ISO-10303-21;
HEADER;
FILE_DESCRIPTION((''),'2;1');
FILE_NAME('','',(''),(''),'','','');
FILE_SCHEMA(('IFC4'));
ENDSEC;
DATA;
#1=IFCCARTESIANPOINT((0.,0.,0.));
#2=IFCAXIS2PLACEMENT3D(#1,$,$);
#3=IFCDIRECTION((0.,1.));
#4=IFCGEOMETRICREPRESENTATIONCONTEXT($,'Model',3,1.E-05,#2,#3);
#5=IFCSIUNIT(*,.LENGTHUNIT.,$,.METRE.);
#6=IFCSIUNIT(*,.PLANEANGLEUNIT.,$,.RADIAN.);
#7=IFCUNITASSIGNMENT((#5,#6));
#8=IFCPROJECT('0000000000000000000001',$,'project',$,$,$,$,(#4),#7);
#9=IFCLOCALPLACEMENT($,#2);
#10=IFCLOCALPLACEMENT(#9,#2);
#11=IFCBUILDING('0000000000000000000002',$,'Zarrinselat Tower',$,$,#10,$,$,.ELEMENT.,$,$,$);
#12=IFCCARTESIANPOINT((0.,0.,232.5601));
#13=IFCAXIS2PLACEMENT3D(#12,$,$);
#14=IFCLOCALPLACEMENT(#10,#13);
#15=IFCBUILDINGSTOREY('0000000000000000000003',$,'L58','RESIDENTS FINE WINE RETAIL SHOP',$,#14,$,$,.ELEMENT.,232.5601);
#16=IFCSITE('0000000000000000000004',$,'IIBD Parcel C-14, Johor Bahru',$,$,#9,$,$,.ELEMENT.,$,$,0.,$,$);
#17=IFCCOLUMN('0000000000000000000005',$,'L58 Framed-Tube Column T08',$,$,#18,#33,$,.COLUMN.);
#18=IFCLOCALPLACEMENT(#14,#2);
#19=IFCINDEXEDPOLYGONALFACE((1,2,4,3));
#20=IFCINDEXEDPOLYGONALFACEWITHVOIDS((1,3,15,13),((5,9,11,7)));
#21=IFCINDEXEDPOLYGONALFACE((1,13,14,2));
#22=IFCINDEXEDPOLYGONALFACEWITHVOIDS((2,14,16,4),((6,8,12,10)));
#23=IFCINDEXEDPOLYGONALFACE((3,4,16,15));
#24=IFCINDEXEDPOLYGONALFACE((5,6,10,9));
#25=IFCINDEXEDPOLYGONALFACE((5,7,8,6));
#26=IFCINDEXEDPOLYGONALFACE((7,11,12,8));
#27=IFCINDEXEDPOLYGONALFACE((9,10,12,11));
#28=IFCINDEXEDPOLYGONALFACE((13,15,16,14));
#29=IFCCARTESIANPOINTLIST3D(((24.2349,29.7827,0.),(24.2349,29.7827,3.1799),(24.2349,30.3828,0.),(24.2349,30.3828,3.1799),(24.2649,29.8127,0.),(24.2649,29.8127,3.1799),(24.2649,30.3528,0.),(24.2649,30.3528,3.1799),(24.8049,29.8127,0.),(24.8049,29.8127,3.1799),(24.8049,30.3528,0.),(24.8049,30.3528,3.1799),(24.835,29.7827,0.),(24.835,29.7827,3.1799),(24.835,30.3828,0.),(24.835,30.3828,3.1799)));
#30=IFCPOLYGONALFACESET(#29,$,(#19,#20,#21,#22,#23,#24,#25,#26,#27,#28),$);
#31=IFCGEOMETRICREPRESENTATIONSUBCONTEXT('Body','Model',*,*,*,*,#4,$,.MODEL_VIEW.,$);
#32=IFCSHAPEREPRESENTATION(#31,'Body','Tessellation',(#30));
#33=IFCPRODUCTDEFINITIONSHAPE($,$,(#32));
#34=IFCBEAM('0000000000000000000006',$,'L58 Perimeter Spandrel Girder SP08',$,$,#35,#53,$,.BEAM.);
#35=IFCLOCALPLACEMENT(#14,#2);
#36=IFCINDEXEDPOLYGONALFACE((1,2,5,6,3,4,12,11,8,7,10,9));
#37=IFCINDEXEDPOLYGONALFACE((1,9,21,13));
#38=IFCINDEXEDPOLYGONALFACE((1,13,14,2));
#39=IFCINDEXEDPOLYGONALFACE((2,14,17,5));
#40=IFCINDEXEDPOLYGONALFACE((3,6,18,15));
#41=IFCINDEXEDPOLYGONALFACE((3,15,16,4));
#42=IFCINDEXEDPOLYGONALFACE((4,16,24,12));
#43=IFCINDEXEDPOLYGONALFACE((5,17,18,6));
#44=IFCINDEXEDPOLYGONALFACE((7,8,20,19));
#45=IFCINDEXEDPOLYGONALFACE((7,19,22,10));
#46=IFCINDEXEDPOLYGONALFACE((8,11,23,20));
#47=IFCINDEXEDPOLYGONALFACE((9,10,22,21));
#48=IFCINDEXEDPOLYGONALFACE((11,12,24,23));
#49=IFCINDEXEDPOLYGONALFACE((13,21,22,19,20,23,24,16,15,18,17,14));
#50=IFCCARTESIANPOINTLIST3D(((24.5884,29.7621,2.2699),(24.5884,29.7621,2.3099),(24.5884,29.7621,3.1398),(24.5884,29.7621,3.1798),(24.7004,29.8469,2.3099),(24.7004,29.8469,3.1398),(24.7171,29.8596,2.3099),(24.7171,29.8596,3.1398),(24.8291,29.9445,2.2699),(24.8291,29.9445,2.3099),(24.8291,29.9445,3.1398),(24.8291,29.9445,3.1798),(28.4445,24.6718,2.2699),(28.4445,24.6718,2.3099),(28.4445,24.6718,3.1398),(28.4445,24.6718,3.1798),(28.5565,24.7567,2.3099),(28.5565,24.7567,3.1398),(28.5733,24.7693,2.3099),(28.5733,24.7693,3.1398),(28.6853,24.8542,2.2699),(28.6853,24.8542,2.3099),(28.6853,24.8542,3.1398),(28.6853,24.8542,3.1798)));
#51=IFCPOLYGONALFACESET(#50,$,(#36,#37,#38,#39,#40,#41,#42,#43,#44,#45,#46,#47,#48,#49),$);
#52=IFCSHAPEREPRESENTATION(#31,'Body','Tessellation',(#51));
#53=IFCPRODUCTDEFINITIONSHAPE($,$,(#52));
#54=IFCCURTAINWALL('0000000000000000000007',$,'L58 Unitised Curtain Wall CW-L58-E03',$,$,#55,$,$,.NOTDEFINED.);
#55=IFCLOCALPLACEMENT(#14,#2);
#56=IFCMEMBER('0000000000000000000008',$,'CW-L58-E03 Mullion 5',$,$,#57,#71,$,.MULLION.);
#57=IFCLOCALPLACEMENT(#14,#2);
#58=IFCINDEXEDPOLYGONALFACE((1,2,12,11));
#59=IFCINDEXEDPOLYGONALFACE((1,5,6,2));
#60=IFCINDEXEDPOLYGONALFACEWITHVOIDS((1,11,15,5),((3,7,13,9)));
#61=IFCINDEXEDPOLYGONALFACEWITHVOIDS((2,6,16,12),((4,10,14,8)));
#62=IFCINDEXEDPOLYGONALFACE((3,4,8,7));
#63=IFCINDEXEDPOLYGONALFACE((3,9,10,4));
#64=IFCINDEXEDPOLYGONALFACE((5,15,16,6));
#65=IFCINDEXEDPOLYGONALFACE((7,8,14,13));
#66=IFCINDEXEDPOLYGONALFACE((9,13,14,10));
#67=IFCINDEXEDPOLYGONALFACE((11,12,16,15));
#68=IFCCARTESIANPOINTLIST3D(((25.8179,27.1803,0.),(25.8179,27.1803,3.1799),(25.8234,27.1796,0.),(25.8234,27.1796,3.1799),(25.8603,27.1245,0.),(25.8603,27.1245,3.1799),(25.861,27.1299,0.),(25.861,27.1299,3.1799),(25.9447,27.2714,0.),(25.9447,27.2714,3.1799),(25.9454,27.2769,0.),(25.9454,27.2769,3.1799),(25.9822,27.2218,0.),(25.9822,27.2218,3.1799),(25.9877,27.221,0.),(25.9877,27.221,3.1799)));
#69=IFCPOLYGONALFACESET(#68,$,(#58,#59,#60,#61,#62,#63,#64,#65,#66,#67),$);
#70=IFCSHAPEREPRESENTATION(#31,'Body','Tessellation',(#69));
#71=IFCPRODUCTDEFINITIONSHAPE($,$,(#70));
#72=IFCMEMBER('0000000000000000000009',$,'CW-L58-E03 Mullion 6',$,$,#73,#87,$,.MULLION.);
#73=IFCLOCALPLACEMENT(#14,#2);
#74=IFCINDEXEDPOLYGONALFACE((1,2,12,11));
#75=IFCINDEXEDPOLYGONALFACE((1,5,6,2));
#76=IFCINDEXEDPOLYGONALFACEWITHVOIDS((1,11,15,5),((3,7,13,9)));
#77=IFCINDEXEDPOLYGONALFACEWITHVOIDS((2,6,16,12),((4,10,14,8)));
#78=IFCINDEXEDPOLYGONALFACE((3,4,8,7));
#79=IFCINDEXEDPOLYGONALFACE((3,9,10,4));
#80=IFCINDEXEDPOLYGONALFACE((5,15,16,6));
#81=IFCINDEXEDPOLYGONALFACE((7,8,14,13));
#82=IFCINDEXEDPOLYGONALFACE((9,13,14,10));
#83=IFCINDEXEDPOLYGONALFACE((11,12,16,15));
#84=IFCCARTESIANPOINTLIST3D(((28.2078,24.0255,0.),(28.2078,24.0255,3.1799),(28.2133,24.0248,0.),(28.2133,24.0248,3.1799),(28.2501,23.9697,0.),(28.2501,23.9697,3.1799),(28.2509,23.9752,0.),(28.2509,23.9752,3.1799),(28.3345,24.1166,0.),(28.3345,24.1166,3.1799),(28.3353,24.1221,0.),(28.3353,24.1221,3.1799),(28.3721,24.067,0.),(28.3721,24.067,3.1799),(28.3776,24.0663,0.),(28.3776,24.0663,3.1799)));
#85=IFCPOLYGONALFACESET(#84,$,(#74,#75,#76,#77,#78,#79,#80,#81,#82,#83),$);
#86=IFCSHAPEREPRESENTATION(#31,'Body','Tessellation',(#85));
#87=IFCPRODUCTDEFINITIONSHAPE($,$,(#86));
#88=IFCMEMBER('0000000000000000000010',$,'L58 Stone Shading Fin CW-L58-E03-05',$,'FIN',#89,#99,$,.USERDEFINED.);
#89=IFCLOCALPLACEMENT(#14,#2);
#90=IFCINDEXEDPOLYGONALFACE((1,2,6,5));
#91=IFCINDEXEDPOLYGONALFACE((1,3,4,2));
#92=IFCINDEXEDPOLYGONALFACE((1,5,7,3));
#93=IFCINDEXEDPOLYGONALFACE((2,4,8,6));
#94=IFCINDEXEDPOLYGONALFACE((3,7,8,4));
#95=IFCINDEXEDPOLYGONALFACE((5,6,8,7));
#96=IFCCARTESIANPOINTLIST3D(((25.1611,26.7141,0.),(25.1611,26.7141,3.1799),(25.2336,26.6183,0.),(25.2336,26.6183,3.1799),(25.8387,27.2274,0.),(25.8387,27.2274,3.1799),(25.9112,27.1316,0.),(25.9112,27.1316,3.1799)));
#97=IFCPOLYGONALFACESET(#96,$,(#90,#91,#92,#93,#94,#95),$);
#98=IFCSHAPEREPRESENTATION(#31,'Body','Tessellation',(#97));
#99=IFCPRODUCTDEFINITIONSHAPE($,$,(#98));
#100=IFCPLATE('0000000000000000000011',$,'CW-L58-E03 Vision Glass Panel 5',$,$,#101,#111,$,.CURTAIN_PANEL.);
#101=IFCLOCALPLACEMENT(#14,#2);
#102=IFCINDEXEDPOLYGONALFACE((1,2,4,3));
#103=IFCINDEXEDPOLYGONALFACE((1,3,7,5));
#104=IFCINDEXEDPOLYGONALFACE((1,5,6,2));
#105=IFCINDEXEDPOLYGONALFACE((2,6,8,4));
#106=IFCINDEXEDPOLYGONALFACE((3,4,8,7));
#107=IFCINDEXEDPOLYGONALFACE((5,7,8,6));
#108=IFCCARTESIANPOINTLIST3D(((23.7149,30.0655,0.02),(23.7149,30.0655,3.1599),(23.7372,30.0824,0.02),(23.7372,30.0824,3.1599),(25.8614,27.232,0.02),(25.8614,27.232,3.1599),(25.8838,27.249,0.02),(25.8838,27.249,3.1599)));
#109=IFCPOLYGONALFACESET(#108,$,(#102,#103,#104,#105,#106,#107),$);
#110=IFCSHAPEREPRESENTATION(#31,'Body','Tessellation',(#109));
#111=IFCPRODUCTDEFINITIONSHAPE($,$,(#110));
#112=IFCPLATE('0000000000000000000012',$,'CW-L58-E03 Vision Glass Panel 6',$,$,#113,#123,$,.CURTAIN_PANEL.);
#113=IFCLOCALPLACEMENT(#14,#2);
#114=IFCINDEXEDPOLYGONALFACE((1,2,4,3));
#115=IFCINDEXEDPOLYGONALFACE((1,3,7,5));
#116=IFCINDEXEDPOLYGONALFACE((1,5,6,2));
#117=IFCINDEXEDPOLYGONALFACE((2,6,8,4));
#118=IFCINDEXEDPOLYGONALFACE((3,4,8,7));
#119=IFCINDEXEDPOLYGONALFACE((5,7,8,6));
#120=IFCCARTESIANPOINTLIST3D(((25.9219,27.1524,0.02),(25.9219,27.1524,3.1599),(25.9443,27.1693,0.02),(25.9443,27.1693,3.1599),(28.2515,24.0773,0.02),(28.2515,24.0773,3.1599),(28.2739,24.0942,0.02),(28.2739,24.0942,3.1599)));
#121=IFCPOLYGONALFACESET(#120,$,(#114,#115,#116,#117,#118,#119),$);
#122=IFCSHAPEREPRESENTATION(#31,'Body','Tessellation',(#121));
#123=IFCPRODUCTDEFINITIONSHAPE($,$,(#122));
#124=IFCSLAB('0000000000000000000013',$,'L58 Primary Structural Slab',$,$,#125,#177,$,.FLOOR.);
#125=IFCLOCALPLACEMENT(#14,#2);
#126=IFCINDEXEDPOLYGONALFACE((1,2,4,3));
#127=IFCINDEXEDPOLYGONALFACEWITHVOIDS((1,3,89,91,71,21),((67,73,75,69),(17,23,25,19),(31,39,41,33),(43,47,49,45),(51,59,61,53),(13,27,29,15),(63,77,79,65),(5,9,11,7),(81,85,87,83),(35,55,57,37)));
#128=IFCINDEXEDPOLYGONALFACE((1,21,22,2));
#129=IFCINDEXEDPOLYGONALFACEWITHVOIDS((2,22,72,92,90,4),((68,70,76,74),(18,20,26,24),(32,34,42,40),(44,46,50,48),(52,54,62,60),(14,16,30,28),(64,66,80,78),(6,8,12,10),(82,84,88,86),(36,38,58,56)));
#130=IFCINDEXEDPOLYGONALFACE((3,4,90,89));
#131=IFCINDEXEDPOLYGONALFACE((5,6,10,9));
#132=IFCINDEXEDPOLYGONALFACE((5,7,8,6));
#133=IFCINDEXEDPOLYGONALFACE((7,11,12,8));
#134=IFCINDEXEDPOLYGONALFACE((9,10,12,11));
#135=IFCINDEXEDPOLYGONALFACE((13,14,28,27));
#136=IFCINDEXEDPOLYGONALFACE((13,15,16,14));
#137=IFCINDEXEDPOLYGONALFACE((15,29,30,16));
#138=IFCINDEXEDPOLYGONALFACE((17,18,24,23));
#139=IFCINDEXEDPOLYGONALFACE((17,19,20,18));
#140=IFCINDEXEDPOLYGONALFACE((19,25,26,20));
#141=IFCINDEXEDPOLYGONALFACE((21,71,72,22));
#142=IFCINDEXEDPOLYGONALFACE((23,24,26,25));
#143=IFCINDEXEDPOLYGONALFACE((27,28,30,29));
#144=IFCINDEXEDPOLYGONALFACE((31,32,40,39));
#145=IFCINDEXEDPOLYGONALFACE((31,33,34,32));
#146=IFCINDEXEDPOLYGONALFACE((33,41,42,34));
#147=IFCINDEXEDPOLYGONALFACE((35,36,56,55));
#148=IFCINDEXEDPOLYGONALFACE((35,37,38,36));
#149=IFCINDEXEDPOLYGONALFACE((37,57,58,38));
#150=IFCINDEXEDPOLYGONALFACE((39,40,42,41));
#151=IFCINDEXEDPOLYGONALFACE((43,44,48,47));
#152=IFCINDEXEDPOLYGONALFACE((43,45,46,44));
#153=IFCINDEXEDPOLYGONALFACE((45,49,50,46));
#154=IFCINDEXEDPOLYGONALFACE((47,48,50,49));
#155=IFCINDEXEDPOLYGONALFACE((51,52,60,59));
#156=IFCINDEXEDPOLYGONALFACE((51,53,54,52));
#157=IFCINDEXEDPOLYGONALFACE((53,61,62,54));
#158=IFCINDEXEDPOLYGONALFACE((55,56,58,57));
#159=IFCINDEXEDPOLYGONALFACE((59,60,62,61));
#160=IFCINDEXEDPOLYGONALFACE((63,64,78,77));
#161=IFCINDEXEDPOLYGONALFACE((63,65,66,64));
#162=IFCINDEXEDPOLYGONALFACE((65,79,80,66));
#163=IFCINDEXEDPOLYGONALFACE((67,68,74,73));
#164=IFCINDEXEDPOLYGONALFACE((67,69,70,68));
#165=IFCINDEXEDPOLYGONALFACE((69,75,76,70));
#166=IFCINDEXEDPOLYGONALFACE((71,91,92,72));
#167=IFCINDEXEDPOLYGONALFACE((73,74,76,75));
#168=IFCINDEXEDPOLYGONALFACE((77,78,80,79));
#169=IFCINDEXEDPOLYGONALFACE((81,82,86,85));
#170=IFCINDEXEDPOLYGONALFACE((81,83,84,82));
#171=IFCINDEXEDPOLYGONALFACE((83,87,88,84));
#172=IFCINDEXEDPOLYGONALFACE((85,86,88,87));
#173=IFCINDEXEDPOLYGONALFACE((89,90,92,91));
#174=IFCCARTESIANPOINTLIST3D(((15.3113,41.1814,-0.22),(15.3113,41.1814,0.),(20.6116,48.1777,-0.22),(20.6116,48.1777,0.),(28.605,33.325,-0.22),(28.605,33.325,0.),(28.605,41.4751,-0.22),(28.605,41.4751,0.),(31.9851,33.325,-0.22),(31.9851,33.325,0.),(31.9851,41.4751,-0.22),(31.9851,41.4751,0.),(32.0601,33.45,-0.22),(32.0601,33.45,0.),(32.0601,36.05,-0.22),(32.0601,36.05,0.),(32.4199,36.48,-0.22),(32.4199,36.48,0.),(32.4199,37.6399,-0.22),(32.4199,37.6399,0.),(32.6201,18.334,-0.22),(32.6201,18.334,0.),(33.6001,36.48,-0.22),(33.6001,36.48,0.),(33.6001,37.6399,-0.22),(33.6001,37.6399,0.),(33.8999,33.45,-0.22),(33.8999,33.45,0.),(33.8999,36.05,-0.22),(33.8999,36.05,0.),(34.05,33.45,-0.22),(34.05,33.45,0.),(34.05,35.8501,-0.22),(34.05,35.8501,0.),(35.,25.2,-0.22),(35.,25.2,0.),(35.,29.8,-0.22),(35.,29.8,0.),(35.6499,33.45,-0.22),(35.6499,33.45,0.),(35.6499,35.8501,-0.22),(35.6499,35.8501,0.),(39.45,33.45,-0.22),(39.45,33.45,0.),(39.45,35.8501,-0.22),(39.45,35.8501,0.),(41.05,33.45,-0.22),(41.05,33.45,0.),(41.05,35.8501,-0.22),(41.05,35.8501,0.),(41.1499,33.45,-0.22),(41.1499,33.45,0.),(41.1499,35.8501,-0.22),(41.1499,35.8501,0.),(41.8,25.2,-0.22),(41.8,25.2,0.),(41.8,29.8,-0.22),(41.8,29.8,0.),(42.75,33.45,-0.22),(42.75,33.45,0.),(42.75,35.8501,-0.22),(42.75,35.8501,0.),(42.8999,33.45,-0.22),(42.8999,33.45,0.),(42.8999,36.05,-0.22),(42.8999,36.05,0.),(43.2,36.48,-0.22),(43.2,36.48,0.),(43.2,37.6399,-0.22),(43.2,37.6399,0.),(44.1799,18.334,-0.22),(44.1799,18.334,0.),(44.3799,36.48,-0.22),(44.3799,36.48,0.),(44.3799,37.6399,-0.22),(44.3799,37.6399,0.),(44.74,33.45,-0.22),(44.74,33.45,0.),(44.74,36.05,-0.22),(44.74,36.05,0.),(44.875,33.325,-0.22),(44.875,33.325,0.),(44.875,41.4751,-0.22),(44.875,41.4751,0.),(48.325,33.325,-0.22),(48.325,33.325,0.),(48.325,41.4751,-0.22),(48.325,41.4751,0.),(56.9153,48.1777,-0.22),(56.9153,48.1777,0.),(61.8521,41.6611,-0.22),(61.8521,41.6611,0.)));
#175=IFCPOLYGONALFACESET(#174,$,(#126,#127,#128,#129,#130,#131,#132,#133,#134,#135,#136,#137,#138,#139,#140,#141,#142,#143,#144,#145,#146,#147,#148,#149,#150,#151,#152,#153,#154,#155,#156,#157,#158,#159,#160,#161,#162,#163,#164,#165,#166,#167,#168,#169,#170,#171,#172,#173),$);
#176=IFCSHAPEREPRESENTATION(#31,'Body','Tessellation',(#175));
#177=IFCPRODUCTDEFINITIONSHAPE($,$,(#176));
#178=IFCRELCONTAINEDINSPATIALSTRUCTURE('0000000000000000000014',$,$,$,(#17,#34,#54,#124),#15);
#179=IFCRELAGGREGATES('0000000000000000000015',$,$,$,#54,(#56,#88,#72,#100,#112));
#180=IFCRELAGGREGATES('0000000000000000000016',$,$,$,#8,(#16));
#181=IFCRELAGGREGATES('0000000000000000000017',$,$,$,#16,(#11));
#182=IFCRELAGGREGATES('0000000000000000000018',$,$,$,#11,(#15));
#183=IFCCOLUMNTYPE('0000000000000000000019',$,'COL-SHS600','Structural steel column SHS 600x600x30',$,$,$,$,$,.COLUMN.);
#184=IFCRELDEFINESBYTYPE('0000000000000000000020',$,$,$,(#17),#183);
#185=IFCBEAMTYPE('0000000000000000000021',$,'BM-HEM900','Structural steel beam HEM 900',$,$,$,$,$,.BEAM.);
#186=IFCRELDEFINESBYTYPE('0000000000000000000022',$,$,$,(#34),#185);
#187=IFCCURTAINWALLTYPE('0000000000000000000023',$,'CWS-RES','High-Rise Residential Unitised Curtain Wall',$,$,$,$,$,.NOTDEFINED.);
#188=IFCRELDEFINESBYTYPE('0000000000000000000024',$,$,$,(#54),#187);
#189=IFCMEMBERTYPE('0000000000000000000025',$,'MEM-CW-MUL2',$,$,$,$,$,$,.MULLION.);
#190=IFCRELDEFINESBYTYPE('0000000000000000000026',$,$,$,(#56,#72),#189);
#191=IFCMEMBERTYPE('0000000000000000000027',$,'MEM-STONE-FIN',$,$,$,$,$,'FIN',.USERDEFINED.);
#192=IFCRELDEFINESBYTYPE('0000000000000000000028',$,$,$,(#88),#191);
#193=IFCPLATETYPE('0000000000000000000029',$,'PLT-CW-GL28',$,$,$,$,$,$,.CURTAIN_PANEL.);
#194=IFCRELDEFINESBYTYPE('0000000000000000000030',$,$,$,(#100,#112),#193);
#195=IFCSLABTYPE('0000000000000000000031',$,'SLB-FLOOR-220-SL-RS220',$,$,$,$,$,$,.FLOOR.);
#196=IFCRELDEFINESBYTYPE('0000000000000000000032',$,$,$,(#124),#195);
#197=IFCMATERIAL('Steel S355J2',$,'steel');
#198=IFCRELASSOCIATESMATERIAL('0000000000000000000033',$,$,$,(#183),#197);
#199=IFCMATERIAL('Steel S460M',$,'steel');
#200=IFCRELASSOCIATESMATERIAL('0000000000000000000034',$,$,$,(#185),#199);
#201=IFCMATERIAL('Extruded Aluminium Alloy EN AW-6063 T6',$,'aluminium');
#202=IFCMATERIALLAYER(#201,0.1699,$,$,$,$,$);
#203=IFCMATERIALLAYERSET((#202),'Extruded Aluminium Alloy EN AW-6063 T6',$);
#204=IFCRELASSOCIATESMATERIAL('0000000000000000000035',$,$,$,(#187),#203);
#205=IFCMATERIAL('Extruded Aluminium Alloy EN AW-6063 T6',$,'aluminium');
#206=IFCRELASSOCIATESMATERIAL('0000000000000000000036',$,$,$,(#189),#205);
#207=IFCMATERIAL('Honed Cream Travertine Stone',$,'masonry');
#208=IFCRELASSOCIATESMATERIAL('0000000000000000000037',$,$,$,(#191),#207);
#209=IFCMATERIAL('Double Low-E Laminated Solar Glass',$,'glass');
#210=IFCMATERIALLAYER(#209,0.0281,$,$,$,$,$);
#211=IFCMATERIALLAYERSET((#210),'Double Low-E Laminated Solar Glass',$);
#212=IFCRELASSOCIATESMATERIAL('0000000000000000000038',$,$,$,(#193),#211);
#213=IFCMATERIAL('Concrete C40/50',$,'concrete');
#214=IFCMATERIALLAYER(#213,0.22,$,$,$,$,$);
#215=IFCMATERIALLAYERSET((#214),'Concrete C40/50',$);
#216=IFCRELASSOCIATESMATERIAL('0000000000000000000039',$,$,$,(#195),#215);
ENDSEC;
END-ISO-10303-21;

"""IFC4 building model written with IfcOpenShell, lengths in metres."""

from ifc_helpers import new_model, si_unit, direction, frame, origin, origin_2d, place, context, subcontext, project, spatial, polyline, rectangle, hollow_rectangle, i_section, outline, extrude, material, layer, layer_set, material_profile, profile_set, type_object, element, aggregate, save


model = new_model("IFC4")

# Units and contexts
model_context = context("Model", 3, precision=1e-05, world=origin(), true_north=direction((0.0, 1.0)))
body_context = subcontext(model_context, "Body", "Model", "MODEL_VIEW")
ifc_project = project(units=[si_unit("LENGTHUNIT", "METRE"), si_unit("PLANEANGLEUNIT", "RADIAN")], contexts=[model_context])

# Site, building, storey
site_placement = place(None, origin())
site = spatial("IfcSite", under=ifc_project, at=site_placement, Name="IIBD Parcel C-14, Johor Bahru", CompositionType="ELEMENT", RefElevation=0.0)
building_placement = place(site_placement, origin())
building = spatial("IfcBuilding", under=site, at=building_placement, Name="Zarrinselat Tower", CompositionType="ELEMENT")
storey_placement = place(building_placement, frame((0.0, 0.0, 232.5601)))
storey = spatial("IfcBuildingStorey", under=building, at=storey_placement, Name="L58", Description="RESIDENTS FINE WINE RETAIL SHOP", CompositionType="ELEMENT", Elevation=232.5601)

# Column
ifc_material_1 = material(Name="Steel S355J2", Category="steel")
ifc_material_profile_1 = material_profile(ifc_material_1, hollow_rectangle(XDim=0.6001, YDim=0.6001, WallThickness=0.03, at=origin_2d()), Name="SHS 600x600x30")
ifc_profile_set_1 = profile_set([ifc_material_profile_1], Name="Steel S355J2")
column_type = type_object("IfcColumnType", Name="COL-SHS600", Description="Structural steel column SHS 600x600x30", PredefinedType="COLUMN", material=ifc_profile_set_1)
column_placement = place(storey_placement, frame((24.5349, 30.0828, 0.0), z_axis=(0.0, 0.0, 1.0), x_axis=(1.0, 0.0, 0.0)))
element("IfcColumn", 1, at=column_placement, inside=storey, type_object=column_type, Name="L58 Framed-Tube Column T08", PredefinedType="COLUMN", context=body_context, shape_type="SweptSolid", body=[
    extrude(hollow_rectangle(XDim=0.6001, YDim=0.6001, WallThickness=0.03, at=origin_2d()), origin(), (0.0, 0.0, 1.0), 3.1799),
])

# Beam
ifc_material_2 = material(Name="Steel S460M", Category="steel")
ifc_material_profile_2 = material_profile(ifc_material_2, i_section(OverallWidth=0.302, OverallDepth=0.9099, WebThickness=0.021, FlangeThickness=0.04, at=origin_2d()), Name="HEM 900")
ifc_profile_set_2 = profile_set([ifc_material_profile_2], Name="Steel S460M")
beam_type = type_object("IfcBeamType", Name="BM-HEM900", Description="Structural steel beam HEM 900", PredefinedType="BEAM", material=ifc_profile_set_2)
beam_placement = place(storey_placement, frame((24.7087, 29.8533, 2.7249), z_axis=(0.603847, -0.797101, 0.0), x_axis=(0.797101, 0.603847, 0.0)))
element("IfcBeam", 2, at=beam_placement, inside=storey, type_object=beam_type, Name="L58 Perimeter Spandrel Girder SP08", PredefinedType="BEAM", context=body_context, shape_type="SweptSolid", body=[
    extrude(i_section(OverallWidth=0.302, OverallDepth=0.9099, WebThickness=0.021, FlangeThickness=0.04, at=origin_2d()), origin(), (0.0, 0.0, 1.0), 6.386),
])

# Curtain wall, members, plates
ifc_material_3 = material(Name="Extruded Aluminium Alloy EN AW-6063 T6", Category="aluminium")
ifc_layer_1 = layer(ifc_material_3, 0.1699)
ifc_layer_set_1 = layer_set([ifc_layer_1], Name="Extruded Aluminium Alloy EN AW-6063 T6")
curtain_wall_type = type_object("IfcCurtainWallType", Name="CWS-RES", Description="High-Rise Residential Unitised Curtain Wall", PredefinedType="NOTDEFINED", material=ifc_layer_set_1)
curtain_wall_placement = place(storey_placement, origin())
curtain_wall = element("IfcCurtainWall", 3, at=curtain_wall_placement, inside=storey, type_object=curtain_wall_type, Name="L58 Unitised Curtain Wall CW-L58-E03", PredefinedType="NOTDEFINED")
ifc_material_4 = material(Name="Extruded Aluminium Alloy EN AW-6063 T6", Category="aluminium")
ifc_material_profile_3 = material_profile(ifc_material_4, hollow_rectangle(XDim=0.0701, YDim=0.1599, WallThickness=0.0039, at=origin_2d()), Name="RHS 160x70x4")
ifc_profile_set_3 = profile_set([ifc_material_profile_3], Name="Extruded Aluminium Alloy EN AW-6063 T6")
member_type_1 = type_object("IfcMemberType", Name="MEM-CW-MUL2", PredefinedType="MULLION", material=ifc_profile_set_3)
member_1_placement = place(storey_placement, frame((25.9028, 27.2007, 0.0), z_axis=(0.0, 0.0, 1.0), x_axis=(0.603857, -0.797092, 0.0)))
member_1 = element("IfcMember", 4, at=member_1_placement, type_object=member_type_1, Name="CW-L58-E03 Mullion 5", PredefinedType="MULLION", context=body_context, shape_type="SweptSolid", body=[
    extrude(hollow_rectangle(XDim=0.0701, YDim=0.1599, WallThickness=0.0039, at=origin_2d()), origin(), (0.0, 0.0, 1.0), 3.1799),
])
member_2_placement = place(storey_placement, frame((28.2927, 24.0459, 0.0), z_axis=(0.0, 0.0, 1.0), x_axis=(0.603857, -0.797092, 0.0)))
member_2 = element("IfcMember", 5, at=member_2_placement, type_object=member_type_1, Name="CW-L58-E03 Mullion 6", PredefinedType="MULLION", context=body_context, shape_type="SweptSolid", body=[
    extrude(hollow_rectangle(XDim=0.0701, YDim=0.1599, WallThickness=0.0039, at=origin_2d()), origin(), (0.0, 0.0, 1.0), 3.1799),
])
ifc_material_5 = material(Name="Honed Cream Travertine Stone", Category="masonry")
ifc_material_profile_4 = material_profile(ifc_material_5, rectangle(XDim=0.1201, YDim=0.8501, at=origin_2d()), Name="FIN 850x120")
ifc_profile_set_4 = profile_set([ifc_material_profile_4], Name="Honed Cream Travertine Stone")
member_type_2 = type_object("IfcMemberType", Name="MEM-STONE-FIN", ElementType="FIN", PredefinedType="USERDEFINED", material=ifc_profile_set_4)
member_3_placement = place(storey_placement, frame((25.5361, 26.9229, 0.0), z_axis=(0.0, 0.0, 1.0), x_axis=(-0.603857, 0.797092, 0.0)))
member_3 = element("IfcMember", 6, at=member_3_placement, type_object=member_type_2, Name="L58 Stone Shading Fin CW-L58-E03-05", ObjectType="FIN", PredefinedType="USERDEFINED", context=body_context, shape_type="SweptSolid", body=[
    extrude(rectangle(XDim=0.1201, YDim=0.8501, at=origin_2d()), origin(), (0.0, 0.0, 1.0), 3.1799),
])
ifc_material_6 = material(Name="Double Low-E Laminated Solar Glass", Category="glass")
ifc_layer_2 = layer(ifc_material_6, 0.0281)
ifc_layer_set_2 = layer_set([ifc_layer_2], Name="Double Low-E Laminated Solar Glass")
plate_type = type_object("IfcPlateType", Name="PLT-CW-GL28", PredefinedType="CURTAIN_PANEL", material=ifc_layer_set_2)
plate_1_placement = place(storey_placement, frame((24.7993, 28.6572, 0.02), z_axis=(0.0, 0.0, 1.0), x_axis=(0.603857, -0.797092, 0.0)))
plate_1 = element("IfcPlate", 7, at=plate_1_placement, type_object=plate_type, Name="CW-L58-E03 Vision Glass Panel 5", PredefinedType="CURTAIN_PANEL", context=body_context, shape_type="SweptSolid", body=[
    extrude(rectangle(XDim=3.5547, YDim=0.0281, at=origin_2d()), origin(), (0.0, 0.0, 1.0), 3.1399),
])
plate_2_placement = place(storey_placement, frame((27.0979, 25.6233, 0.02), z_axis=(0.0, 0.0, 1.0), x_axis=(0.603857, -0.797092, 0.0)))
plate_2 = element("IfcPlate", 8, at=plate_2_placement, type_object=plate_type, Name="CW-L58-E03 Vision Glass Panel 6", PredefinedType="CURTAIN_PANEL", context=body_context, shape_type="SweptSolid", body=[
    extrude(rectangle(XDim=3.8579, YDim=0.0281, at=origin_2d()), origin(), (0.0, 0.0, 1.0), 3.1399),
])
aggregate(curtain_wall, [member_1, member_3, member_2, plate_1, plate_2])

# Slab
ifc_material_7 = material(Name="Concrete C40/50", Category="concrete")
ifc_layer_3 = layer(ifc_material_7, 0.22)
ifc_layer_set_3 = layer_set([ifc_layer_3], Name="Concrete C40/50")
slab_type_1 = type_object("IfcSlabType", Name="SLB-FLOOR-220-SL-RS220", PredefinedType="FLOOR", material=ifc_layer_set_3)
slab_1_placement = place(storey_placement, frame((0.0, 0.0, -0.22)))
element("IfcSlab", 9, at=slab_1_placement, inside=storey, type_object=slab_type_1, Name="L58 Primary Structural Slab", PredefinedType="FLOOR", context=body_context, shape_type="SweptSolid", body=[
    extrude(outline(polyline([(56.9153, 48.1777), (20.6116, 48.1777), (15.3113, 41.1814), (32.6201, 18.334), (44.1799, 18.334), (61.8521, 41.6611), (56.9153, 48.1777)]), holes=[polyline([(41.8, 25.2), (35.0, 25.2), (35.0, 29.8), (41.8, 29.8), (41.8, 25.2)]), polyline([(35.6499, 33.45), (34.05, 33.45), (34.05, 35.8501), (35.6499, 35.8501), (35.6499, 33.45)]), polyline([(41.05, 33.45), (39.45, 33.45), (39.45, 35.8501), (41.05, 35.8501), (41.05, 33.45)]), polyline([(41.1499, 33.45), (41.1499, 35.8501), (42.75, 35.8501), (42.75, 33.45), (41.1499, 33.45)]), polyline([(32.0601, 33.45), (32.0601, 36.05), (33.8999, 36.05), (33.8999, 33.45), (32.0601, 33.45)]), polyline([(44.74, 33.45), (42.8999, 33.45), (42.8999, 36.05), (44.74, 36.05), (44.74, 33.45)]), polyline([(33.6001, 36.48), (32.4199, 36.48), (32.4199, 37.6399), (33.6001, 37.6399), (33.6001, 36.48)]), polyline([(44.3799, 36.48), (43.2, 36.48), (43.2, 37.6399), (44.3799, 37.6399), (44.3799, 36.48)]), polyline([(31.9851, 33.325), (28.605, 33.325), (28.605, 41.4751), (31.9851, 41.4751), (31.9851, 33.325)]), polyline([(48.325, 33.325), (44.875, 33.325), (44.875, 41.4751), (48.325, 41.4751), (48.325, 33.325)])]), origin(), (0.0, 0.0, 1.0), 0.22),
])

save(model, "model.ifc")
